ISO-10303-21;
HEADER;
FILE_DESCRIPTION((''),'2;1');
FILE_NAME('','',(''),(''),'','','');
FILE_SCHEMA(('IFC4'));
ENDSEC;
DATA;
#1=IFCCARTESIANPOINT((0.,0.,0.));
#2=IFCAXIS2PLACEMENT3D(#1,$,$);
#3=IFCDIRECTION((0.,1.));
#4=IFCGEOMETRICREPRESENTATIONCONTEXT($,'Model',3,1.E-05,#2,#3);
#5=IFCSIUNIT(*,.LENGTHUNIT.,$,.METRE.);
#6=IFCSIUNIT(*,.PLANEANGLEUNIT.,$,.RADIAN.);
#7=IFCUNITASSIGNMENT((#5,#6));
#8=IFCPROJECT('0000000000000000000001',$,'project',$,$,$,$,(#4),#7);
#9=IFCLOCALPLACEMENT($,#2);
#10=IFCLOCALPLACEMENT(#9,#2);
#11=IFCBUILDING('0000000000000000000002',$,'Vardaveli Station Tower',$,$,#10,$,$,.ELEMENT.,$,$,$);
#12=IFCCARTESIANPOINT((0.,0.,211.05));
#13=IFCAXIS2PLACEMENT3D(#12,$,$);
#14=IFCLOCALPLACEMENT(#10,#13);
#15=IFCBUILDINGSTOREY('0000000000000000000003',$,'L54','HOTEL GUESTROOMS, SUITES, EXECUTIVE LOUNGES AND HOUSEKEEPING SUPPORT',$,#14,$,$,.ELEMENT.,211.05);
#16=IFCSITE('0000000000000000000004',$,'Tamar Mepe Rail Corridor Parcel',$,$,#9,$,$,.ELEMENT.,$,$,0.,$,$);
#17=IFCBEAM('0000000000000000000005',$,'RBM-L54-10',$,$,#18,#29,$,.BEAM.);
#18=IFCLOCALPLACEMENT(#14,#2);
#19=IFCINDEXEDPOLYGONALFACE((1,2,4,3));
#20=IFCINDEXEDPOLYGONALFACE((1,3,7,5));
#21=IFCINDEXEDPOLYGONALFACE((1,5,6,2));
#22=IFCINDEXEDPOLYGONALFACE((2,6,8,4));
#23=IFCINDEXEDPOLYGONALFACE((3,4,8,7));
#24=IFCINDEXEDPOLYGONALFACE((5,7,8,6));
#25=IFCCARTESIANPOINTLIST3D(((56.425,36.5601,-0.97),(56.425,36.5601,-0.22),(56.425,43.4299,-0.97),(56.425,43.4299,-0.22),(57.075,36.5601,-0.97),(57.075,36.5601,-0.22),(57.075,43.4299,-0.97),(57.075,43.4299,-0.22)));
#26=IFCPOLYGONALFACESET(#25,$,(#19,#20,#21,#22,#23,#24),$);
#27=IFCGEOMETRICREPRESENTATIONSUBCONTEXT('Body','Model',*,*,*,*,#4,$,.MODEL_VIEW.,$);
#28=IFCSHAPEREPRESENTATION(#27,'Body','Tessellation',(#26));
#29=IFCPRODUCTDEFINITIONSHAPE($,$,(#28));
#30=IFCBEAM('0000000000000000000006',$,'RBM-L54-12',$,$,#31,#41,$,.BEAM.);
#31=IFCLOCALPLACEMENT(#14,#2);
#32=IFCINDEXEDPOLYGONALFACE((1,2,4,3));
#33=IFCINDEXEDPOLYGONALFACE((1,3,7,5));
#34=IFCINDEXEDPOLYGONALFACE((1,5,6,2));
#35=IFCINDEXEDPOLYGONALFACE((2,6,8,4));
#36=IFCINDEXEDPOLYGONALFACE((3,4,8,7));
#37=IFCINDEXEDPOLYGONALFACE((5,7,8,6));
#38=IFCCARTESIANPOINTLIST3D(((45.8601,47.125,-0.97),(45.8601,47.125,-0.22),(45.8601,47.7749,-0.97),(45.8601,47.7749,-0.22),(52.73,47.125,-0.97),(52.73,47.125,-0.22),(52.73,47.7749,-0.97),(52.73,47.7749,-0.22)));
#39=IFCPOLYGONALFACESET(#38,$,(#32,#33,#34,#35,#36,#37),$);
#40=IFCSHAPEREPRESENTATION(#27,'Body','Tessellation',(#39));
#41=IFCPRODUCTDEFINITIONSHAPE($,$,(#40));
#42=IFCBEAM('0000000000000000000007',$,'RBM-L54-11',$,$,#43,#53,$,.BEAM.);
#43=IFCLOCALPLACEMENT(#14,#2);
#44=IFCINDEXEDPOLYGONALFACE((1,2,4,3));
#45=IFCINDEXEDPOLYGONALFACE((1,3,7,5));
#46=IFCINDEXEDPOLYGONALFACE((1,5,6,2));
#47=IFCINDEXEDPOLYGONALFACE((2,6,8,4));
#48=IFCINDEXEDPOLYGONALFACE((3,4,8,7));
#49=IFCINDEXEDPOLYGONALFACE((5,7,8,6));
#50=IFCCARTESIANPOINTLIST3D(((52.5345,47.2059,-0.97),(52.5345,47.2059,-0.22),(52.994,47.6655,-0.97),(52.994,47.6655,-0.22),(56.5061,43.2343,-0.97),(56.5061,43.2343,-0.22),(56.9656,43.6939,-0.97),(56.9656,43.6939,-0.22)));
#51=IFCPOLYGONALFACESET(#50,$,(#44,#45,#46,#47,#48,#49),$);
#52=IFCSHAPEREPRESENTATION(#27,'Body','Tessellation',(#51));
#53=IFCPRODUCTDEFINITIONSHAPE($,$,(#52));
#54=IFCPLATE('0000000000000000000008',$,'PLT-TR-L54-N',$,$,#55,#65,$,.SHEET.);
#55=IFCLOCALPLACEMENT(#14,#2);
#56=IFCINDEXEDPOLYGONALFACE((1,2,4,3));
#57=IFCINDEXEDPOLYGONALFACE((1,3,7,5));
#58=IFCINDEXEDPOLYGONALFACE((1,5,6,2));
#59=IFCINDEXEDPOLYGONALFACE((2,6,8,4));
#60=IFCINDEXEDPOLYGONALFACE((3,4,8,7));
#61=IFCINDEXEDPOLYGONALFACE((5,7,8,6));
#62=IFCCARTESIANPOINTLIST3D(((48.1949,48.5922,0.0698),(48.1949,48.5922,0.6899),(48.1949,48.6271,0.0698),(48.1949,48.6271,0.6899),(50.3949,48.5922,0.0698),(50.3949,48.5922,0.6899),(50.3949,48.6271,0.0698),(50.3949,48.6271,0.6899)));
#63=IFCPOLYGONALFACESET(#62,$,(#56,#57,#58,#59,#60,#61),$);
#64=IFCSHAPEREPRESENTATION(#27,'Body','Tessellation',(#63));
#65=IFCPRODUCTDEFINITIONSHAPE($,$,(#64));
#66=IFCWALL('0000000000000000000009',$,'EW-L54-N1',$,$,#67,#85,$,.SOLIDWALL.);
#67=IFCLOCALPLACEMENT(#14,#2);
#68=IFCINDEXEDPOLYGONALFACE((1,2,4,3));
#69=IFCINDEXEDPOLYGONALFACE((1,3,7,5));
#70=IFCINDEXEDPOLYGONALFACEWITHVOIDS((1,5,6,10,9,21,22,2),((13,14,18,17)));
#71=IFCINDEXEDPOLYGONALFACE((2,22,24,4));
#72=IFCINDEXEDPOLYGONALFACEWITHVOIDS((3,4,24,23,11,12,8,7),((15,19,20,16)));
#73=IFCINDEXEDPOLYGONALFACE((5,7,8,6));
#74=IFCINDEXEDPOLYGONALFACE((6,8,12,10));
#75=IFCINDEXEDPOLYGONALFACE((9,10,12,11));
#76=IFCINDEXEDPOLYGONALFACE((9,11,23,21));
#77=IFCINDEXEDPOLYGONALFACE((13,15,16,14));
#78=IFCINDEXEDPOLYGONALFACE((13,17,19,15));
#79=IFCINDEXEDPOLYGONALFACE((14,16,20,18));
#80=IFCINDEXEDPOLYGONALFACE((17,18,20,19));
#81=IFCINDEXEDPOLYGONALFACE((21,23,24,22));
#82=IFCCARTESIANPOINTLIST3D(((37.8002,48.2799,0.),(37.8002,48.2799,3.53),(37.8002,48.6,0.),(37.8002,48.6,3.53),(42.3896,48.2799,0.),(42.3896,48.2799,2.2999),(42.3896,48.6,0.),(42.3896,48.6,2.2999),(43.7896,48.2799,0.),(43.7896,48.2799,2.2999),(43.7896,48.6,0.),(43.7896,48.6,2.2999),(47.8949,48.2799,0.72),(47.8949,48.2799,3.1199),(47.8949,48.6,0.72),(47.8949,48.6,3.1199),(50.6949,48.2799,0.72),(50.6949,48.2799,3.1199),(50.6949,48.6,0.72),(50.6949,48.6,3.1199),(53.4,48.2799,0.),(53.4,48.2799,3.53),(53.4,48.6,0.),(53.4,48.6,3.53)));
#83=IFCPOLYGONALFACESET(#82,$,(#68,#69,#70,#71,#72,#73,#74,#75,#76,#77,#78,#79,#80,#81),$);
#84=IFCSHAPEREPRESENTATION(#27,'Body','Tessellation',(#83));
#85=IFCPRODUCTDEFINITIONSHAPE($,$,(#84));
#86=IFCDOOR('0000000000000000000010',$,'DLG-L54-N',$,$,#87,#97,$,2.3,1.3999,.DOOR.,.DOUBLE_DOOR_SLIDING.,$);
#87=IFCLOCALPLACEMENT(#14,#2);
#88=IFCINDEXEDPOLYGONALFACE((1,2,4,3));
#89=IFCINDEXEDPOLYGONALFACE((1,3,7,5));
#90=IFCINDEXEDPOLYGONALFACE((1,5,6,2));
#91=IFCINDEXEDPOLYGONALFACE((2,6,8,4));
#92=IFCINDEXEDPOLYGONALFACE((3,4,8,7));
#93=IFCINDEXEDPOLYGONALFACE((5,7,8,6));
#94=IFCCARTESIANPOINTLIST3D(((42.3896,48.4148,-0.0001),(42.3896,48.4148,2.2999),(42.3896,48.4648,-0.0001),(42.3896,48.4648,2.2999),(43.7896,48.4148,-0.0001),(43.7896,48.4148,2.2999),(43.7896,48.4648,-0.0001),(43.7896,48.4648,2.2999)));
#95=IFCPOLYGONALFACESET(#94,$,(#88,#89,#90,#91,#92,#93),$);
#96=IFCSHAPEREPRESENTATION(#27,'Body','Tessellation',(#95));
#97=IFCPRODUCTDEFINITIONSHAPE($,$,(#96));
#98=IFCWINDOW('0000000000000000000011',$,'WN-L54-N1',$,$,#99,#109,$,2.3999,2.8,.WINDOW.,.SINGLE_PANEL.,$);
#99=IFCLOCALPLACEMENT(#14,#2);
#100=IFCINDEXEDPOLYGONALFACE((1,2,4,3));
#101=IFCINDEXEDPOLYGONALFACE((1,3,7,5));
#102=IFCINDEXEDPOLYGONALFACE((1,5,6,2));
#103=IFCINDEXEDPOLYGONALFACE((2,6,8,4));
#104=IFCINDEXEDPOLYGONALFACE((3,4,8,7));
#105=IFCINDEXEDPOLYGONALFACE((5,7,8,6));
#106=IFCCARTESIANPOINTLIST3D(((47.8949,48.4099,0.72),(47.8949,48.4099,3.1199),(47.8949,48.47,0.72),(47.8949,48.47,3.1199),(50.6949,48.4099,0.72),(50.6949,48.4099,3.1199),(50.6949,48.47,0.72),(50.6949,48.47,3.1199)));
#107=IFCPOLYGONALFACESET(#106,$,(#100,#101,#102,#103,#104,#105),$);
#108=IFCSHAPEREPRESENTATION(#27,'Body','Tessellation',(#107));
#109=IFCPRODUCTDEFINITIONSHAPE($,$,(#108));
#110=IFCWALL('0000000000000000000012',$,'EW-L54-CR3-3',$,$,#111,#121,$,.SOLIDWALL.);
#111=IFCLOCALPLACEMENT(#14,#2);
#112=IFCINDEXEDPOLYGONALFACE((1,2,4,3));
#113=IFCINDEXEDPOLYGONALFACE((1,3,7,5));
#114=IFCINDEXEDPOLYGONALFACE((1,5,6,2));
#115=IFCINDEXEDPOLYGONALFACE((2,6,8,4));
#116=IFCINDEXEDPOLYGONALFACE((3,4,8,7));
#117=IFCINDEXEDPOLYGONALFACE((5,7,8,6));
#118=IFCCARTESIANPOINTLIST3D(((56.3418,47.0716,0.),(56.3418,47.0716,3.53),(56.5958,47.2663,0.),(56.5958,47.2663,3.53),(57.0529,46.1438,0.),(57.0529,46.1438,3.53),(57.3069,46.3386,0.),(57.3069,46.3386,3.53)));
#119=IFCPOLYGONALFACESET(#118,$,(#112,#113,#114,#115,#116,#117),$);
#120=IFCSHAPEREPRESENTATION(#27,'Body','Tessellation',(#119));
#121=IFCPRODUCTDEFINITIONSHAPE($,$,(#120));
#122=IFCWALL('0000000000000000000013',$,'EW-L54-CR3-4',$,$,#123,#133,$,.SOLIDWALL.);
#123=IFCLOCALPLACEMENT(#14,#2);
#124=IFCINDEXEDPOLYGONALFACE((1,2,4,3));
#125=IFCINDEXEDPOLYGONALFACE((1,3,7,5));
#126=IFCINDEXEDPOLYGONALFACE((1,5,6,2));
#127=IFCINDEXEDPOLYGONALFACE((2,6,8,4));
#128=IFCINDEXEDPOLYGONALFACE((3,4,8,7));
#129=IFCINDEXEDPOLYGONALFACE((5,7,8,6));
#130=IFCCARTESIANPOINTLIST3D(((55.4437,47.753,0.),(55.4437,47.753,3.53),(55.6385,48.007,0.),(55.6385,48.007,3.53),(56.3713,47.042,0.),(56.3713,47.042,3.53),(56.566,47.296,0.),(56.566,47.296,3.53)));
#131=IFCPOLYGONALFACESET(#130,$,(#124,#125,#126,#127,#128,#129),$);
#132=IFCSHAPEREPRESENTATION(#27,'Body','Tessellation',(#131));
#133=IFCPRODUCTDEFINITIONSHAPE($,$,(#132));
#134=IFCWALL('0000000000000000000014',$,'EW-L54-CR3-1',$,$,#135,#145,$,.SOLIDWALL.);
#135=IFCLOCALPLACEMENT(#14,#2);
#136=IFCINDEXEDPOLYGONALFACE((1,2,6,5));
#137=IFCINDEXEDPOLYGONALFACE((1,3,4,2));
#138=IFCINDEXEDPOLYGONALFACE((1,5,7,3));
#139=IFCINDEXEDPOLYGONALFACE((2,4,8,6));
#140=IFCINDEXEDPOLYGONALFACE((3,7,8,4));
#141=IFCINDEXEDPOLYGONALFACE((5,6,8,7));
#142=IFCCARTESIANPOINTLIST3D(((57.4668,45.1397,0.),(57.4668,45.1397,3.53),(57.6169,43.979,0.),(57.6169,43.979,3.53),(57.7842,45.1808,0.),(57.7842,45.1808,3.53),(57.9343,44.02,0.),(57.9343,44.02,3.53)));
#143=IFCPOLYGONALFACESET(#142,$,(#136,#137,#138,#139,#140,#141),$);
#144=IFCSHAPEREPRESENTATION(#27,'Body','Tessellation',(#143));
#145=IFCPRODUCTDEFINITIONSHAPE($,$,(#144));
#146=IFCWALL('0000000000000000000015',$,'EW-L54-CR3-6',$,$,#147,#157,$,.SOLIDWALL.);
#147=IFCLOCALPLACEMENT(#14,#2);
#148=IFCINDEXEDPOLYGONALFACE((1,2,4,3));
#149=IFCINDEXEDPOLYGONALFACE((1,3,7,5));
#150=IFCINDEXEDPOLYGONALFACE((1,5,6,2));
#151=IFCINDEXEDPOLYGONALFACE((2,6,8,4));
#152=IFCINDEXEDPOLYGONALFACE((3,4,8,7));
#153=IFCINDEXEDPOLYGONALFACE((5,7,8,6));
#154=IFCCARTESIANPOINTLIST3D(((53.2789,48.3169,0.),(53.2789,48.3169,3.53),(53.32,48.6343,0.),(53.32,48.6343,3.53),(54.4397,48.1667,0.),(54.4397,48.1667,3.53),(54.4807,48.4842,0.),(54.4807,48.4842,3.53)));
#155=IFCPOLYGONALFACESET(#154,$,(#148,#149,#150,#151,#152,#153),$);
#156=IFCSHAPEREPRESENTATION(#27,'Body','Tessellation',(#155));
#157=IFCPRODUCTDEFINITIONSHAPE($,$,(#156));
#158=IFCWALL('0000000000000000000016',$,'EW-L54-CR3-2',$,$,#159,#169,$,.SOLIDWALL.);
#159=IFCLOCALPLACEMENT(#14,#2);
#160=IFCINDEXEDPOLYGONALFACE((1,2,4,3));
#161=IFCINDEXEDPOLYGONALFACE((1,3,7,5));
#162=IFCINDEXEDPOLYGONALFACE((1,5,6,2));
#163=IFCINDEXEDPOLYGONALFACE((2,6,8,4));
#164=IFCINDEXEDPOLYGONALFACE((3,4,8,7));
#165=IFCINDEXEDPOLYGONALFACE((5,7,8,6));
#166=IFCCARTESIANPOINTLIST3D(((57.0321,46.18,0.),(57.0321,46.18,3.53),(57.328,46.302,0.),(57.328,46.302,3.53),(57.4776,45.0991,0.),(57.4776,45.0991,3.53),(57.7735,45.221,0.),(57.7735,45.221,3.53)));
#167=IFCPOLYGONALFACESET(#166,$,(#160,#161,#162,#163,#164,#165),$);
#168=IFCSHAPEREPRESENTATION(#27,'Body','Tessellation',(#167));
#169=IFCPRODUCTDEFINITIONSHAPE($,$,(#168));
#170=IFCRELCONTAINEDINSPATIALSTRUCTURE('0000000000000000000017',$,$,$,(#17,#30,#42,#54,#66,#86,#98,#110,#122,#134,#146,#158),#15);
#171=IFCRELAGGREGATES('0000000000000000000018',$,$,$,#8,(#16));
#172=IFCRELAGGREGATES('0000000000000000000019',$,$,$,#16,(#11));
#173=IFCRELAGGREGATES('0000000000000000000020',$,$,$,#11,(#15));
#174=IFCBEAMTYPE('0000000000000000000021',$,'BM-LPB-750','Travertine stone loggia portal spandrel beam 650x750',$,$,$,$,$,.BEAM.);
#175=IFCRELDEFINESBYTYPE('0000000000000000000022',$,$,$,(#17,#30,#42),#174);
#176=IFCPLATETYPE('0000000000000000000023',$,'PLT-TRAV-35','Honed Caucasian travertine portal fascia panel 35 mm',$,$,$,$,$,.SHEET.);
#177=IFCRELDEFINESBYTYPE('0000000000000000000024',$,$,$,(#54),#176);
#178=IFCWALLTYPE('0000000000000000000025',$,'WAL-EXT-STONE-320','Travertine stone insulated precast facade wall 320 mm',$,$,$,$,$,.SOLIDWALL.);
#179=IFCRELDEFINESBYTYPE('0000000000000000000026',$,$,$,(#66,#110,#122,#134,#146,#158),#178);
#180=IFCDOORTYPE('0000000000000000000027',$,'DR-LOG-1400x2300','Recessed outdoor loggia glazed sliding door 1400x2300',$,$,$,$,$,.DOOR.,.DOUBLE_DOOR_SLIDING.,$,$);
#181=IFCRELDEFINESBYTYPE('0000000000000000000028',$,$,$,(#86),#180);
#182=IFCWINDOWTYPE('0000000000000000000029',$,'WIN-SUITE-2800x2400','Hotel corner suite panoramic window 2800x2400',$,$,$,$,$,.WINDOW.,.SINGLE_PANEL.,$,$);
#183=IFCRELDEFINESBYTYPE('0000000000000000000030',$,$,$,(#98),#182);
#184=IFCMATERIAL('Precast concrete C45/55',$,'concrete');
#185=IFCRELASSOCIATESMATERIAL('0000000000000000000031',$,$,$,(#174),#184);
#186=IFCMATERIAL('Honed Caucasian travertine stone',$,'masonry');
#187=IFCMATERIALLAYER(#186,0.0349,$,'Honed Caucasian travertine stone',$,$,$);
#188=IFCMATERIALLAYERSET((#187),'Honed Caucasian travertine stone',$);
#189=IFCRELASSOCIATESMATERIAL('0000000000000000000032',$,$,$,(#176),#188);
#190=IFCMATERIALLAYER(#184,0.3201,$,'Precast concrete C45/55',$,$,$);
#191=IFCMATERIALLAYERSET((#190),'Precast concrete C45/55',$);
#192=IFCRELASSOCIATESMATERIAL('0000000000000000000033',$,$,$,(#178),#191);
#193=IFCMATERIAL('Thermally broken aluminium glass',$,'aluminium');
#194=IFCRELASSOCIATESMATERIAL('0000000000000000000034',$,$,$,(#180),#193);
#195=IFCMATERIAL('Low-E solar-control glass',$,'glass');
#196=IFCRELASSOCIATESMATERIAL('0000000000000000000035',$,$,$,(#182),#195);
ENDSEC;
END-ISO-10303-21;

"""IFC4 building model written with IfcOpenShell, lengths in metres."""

from ifc_helpers import new_model, si_unit, direction, frame, frame_2d, origin, origin_2d, place, context, subcontext, project, spatial, rectangle, extrude, source, transform, mapped, material, layer, layer_set, material_profile, profile_set, type_object, element, fill, save


model = new_model("IFC4")

# Units and contexts
model_context = context("Model", 3, precision=1e-05, world=origin(), true_north=direction((0.0, 1.0)))
body_context = subcontext(model_context, "Body", "Model", "MODEL_VIEW")
ifc_project = project(units=[si_unit("LENGTHUNIT", "METRE"), si_unit("PLANEANGLEUNIT", "RADIAN")], contexts=[model_context])

# Site, building, storey
site_placement = place(None, origin())
site = spatial("IfcSite", under=ifc_project, at=site_placement, Name="Tamar Mepe Rail Corridor Parcel", CompositionType="ELEMENT", RefElevation=0.0)
building_placement = place(site_placement, origin())
building = spatial("IfcBuilding", under=site, at=building_placement, Name="Vardaveli Station Tower", CompositionType="ELEMENT")
storey_placement = place(building_placement, frame((0.0, 0.0, 211.05)))
storey = spatial("IfcBuildingStorey", under=building, at=storey_placement, Name="L54", Description="HOTEL GUESTROOMS, SUITES, EXECUTIVE LOUNGES AND HOUSEKEEPING SUPPORT", CompositionType="ELEMENT", Elevation=211.05)

# Beams
ifc_material_1 = material(Name="Precast concrete C45/55", Category="concrete")
ifc_material_profile_1 = material_profile(ifc_material_1, rectangle(XDim=0.6499, YDim=0.75, at=origin_2d()), Name="LPB 650x750")
ifc_profile_set_1 = profile_set([ifc_material_profile_1], Name="Precast concrete C45/55")
beam_type = type_object("IfcBeamType", Name="BM-LPB-750", Description="Travertine stone loggia portal spandrel beam 650x750", PredefinedType="BEAM", material=ifc_profile_set_1)
shared_shape_1 = source(origin(), body_context, "Body", "SweptSolid", [
    extrude(rectangle(XDim=0.6499, YDim=0.75, at=origin_2d()), origin(), (0.0, 0.0, 1.0), 6.8699),
])
for number, where, z_axis, x_axis, name in (
    (1, (56.75, 36.5601, -0.595), (0.0, 1.0, 0.0), (-1.0, 0.0, 0.0), "RBM-L54-10"),
    (2, (52.73, 47.45, -0.595), (-1.0, 0.0, 0.0), (0.0, -1.0, 0.0), "RBM-L54-12"),
):
    element("IfcBeam", number, at=place(storey_placement, frame(where, z_axis=z_axis, x_axis=x_axis)), inside=storey, type_object=beam_type, Name=name, PredefinedType="BEAM", context=body_context, shape_type="MappedRepresentation", body=[
        mapped(shared_shape_1, transform((0.0, 0.0, 0.0), scale=1.0)),
    ])
shared_shape_2 = source(origin(), body_context, "Body", "SweptSolid", [
    extrude(rectangle(XDim=0.6499, YDim=0.75, at=origin_2d()), origin(), (0.0, 0.0, 1.0), 5.6167),
])
beam_1_placement = place(storey_placement, frame((56.7358, 43.4641, -0.595), z_axis=(-0.707107, 0.707107, 0.0), x_axis=(-0.707107, -0.707107, 0.0)))
element("IfcBeam", 3, at=beam_1_placement, inside=storey, type_object=beam_type, Name="RBM-L54-11", PredefinedType="BEAM", context=body_context, shape_type="MappedRepresentation", body=[
    mapped(shared_shape_2, transform((0.0, 0.0, 0.0), scale=1.0)),
])

# Plate
ifc_material_2 = material(Name="Honed Caucasian travertine stone", Category="masonry")
ifc_layer_1 = layer(ifc_material_2, 0.0349, Name="Honed Caucasian travertine stone")
ifc_layer_set_1 = layer_set([ifc_layer_1], Name="Honed Caucasian travertine stone")
plate_type = type_object("IfcPlateType", Name="PLT-TRAV-35", Description="Honed Caucasian travertine portal fascia panel 35 mm", PredefinedType="SHEET", material=ifc_layer_set_1)
shared_shape_3 = source(origin(), body_context, "Body", "SweptSolid", [
    extrude(rectangle(XDim=2.2, YDim=0.0349, at=origin_2d()), origin(), (0.0, 0.0, 1.0), 0.6201),
])
plate_placement = place(storey_placement, frame((49.2949, 48.6096, 0.0698), z_axis=(0.0, 0.0, 1.0), x_axis=(1.0, 0.0, 0.0)))
element("IfcPlate", 4, at=plate_placement, inside=storey, type_object=plate_type, Name="PLT-TR-L54-N", PredefinedType="SHEET", context=body_context, shape_type="MappedRepresentation", body=[
    mapped(shared_shape_3, transform((0.0, 0.0, 0.0), scale=1.0)),
])

# Wall, openings, door, window
ifc_layer_2 = layer(ifc_material_1, 0.3201, Name="Precast concrete C45/55")
ifc_layer_set_2 = layer_set([ifc_layer_2], Name="Precast concrete C45/55")
wall_type_1 = type_object("IfcWallType", Name="WAL-EXT-STONE-320", Description="Travertine stone insulated precast facade wall 320 mm", PredefinedType="SOLIDWALL", material=ifc_layer_set_2)
shared_shape_4 = source(origin(), body_context, "Body", "SweptSolid", [
    extrude(rectangle(XDim=15.5999, YDim=0.3201, at=frame_2d((7.7998, 0.0))), origin(), (0.0, 0.0, 1.0), 3.53),
])
wall_1_placement = place(storey_placement, frame((53.3999, 48.4399, 0.0), z_axis=(0.0, 0.0, 1.0), x_axis=(-1.0, 0.0, 0.0)))
wall_1 = element("IfcWall", 5, at=wall_1_placement, inside=storey, type_object=wall_type_1, Name="EW-L54-N1", PredefinedType="SOLIDWALL", context=body_context, shape_type="MappedRepresentation", body=[
    mapped(shared_shape_4, transform((0.0, 0.0, 0.0), scale=1.0)),
])
shared_shape_5 = source(origin(), body_context, "Body", "SweptSolid", [
    extrude(rectangle(XDim=1.3999, YDim=2.3, at=frame_2d((0.7, 1.1499))), frame((0.0, 0.1699, 0.0), z_axis=(0.0, -1.0, 0.0), x_axis=(1.0, 0.0, 0.0)), (0.0, 0.0, 1.0), 0.3401),
])
opening_1_placement = place(wall_1_placement, frame((9.6104, 0.0, 0.0)))
opening_1 = element("IfcOpeningElement", 6, at=opening_1_placement, cuts=wall_1, PredefinedType="OPENING", context=body_context, shape_type="MappedRepresentation", body=[
    mapped(shared_shape_5, transform((0.0, 0.0, 0.0), scale=1.0)),
])
shared_shape_6 = source(origin(), body_context, "Body", "SweptSolid", [
    extrude(rectangle(XDim=2.8, YDim=2.3999, at=frame_2d((1.3999, 1.2))), frame((0.0, 0.1699, 0.0), z_axis=(0.0, -1.0, 0.0), x_axis=(1.0, 0.0, 0.0)), (0.0, 0.0, 1.0), 0.3401),
])
opening_2_placement = place(wall_1_placement, frame((2.7051, 0.0, 0.72)))
opening_2 = element("IfcOpeningElement", 7, at=opening_2_placement, cuts=wall_1, PredefinedType="OPENING", context=body_context, shape_type="MappedRepresentation", body=[
    mapped(shared_shape_6, transform((0.0, 0.0, 0.0), scale=1.0)),
])
ifc_material_3 = material(Name="Thermally broken aluminium glass", Category="aluminium")
door_type = type_object("IfcDoorType", Name="DR-LOG-1400x2300", Description="Recessed outdoor loggia glazed sliding door 1400x2300", OperationType="DOUBLE_DOOR_SLIDING", PredefinedType="DOOR", material=ifc_material_3)
shared_shape_7 = source(origin(), body_context, "Body", "SweptSolid", [
    extrude(rectangle(XDim=1.3999, YDim=2.3, at=frame_2d((0.7, 1.1499))), frame((0.0, 0.0249, 0.0), z_axis=(0.0, -1.0, 0.0), x_axis=(1.0, 0.0, 0.0)), (0.0, 0.0, 1.0), 0.05),
])
door_placement = place(opening_1_placement, frame((1.3999, 0.0, 0.0), z_axis=(0.0, 0.0, 1.0), x_axis=(-1.0, 0.0, 0.0)))
door = element("IfcDoor", 8, at=door_placement, inside=storey, type_object=door_type, Name="DLG-L54-N", OperationType="DOUBLE_DOOR_SLIDING", OverallHeight=2.3, OverallWidth=1.3999, PredefinedType="DOOR", context=body_context, shape_type="MappedRepresentation", body=[
    mapped(shared_shape_7, transform((0.0, 0.0, 0.0), scale=1.0)),
])
fill(opening_1, door)
ifc_material_4 = material(Name="Low-E solar-control glass", Category="glass")
window_type = type_object("IfcWindowType", Name="WIN-SUITE-2800x2400", Description="Hotel corner suite panoramic window 2800x2400", PartitioningType="SINGLE_PANEL", PredefinedType="WINDOW", material=ifc_material_4)
shared_shape_8 = source(origin(), body_context, "Body", "SweptSolid", [
    extrude(rectangle(XDim=2.8, YDim=2.3999, at=frame_2d((1.3999, 1.2))), frame((0.0, 0.03, 0.0), z_axis=(0.0, -1.0, 0.0), x_axis=(1.0, 0.0, 0.0)), (0.0, 0.0, 1.0), 0.0601),
])
window_placement = place(opening_2_placement, origin())
window = element("IfcWindow", 9, at=window_placement, inside=storey, type_object=window_type, Name="WN-L54-N1", OverallHeight=2.3999, OverallWidth=2.8, PartitioningType="SINGLE_PANEL", PredefinedType="WINDOW", context=body_context, shape_type="MappedRepresentation", body=[
    mapped(shared_shape_8, transform((0.0, 0.0, 0.0), scale=1.0)),
])
fill(opening_2, window)

# Walls
shared_shape_9 = source(origin(), body_context, "Body", "SweptSolid", [
    extrude(rectangle(XDim=1.1689, YDim=0.3201, at=frame_2d((0.5845, 0.0))), origin(), (0.0, 0.0, 1.0), 3.53),
])
wall_2_placement = place(storey_placement, frame((57.1799, 46.2412, 0.0), z_axis=(0.0, 0.0, 1.0), x_axis=(-0.608388, 0.79364, 0.0)))
element("IfcWall", 10, at=wall_2_placement, inside=storey, type_object=wall_type_1, Name="EW-L54-CR3-3", PredefinedType="SOLIDWALL", context=body_context, shape_type="MappedRepresentation", body=[
    mapped(shared_shape_9, transform((0.0, 0.0, 0.0), scale=1.0)),
])
shared_shape_10 = source(origin(), body_context, "Body", "SweptSolid", [
    extrude(rectangle(XDim=1.1687, YDim=0.3201, at=frame_2d((0.5845, 0.0))), origin(), (0.0, 0.0, 1.0), 3.53),
])
wall_3_placement = place(storey_placement, frame((56.4688, 47.1689, 0.0), z_axis=(0.0, 0.0, 1.0), x_axis=(-0.793664, 0.608357, 0.0)))
element("IfcWall", 11, at=wall_3_placement, inside=storey, type_object=wall_type_1, Name="EW-L54-CR3-4", PredefinedType="SOLIDWALL", context=body_context, shape_type="MappedRepresentation", body=[
    mapped(shared_shape_10, transform((0.0, 0.0, 0.0), scale=1.0)),
])
shared_shape_11 = source(origin(), body_context, "Body", "SweptSolid", [
    extrude(rectangle(XDim=1.1704, YDim=0.3201, at=frame_2d((0.5852, 0.0))), origin(), (0.0, 0.0, 1.0), 3.53),
])
for number, where, z_axis, x_axis, name in (
    (12, (57.7756, 43.9995, 0.0), (0.0, 0.0, 1.0), (-0.128296, 0.991736, 0.0), "EW-L54-CR3-1"),
    (13, (54.4602, 48.3254, 0.0), (0.0, 0.0, 1.0), (-0.991736, 0.128296, 0.0), "EW-L54-CR3-6"),
):
    element("IfcWall", number, at=place(storey_placement, frame(where, z_axis=z_axis, x_axis=x_axis)), inside=storey, type_object=wall_type_1, Name=name, PredefinedType="SOLIDWALL", context=body_context, shape_type="MappedRepresentation", body=[
        mapped(shared_shape_11, transform((0.0, 0.0, 0.0), scale=1.0)),
    ])
shared_shape_12 = source(origin(), body_context, "Body", "SweptSolid", [
    extrude(rectangle(XDim=1.1692, YDim=0.3201, at=frame_2d((0.5845, 0.0))), origin(), (0.0, 0.0, 1.0), 3.53),
])
for number, where, z_axis, x_axis, name in (
    (14, (57.6255, 45.1602, 0.0), (0.0, 0.0, 1.0), (-0.381054, 0.924553, 0.0), "EW-L54-CR3-2"),
):
    element("IfcWall", number, at=place(storey_placement, frame(where, z_axis=z_axis, x_axis=x_axis)), inside=storey, type_object=wall_type_1, Name=name, PredefinedType="SOLIDWALL", context=body_context, shape_type="MappedRepresentation", body=[
        mapped(shared_shape_12, transform((0.0, 0.0, 0.0), scale=1.0)),
    ])

save(model, "model.ifc")
